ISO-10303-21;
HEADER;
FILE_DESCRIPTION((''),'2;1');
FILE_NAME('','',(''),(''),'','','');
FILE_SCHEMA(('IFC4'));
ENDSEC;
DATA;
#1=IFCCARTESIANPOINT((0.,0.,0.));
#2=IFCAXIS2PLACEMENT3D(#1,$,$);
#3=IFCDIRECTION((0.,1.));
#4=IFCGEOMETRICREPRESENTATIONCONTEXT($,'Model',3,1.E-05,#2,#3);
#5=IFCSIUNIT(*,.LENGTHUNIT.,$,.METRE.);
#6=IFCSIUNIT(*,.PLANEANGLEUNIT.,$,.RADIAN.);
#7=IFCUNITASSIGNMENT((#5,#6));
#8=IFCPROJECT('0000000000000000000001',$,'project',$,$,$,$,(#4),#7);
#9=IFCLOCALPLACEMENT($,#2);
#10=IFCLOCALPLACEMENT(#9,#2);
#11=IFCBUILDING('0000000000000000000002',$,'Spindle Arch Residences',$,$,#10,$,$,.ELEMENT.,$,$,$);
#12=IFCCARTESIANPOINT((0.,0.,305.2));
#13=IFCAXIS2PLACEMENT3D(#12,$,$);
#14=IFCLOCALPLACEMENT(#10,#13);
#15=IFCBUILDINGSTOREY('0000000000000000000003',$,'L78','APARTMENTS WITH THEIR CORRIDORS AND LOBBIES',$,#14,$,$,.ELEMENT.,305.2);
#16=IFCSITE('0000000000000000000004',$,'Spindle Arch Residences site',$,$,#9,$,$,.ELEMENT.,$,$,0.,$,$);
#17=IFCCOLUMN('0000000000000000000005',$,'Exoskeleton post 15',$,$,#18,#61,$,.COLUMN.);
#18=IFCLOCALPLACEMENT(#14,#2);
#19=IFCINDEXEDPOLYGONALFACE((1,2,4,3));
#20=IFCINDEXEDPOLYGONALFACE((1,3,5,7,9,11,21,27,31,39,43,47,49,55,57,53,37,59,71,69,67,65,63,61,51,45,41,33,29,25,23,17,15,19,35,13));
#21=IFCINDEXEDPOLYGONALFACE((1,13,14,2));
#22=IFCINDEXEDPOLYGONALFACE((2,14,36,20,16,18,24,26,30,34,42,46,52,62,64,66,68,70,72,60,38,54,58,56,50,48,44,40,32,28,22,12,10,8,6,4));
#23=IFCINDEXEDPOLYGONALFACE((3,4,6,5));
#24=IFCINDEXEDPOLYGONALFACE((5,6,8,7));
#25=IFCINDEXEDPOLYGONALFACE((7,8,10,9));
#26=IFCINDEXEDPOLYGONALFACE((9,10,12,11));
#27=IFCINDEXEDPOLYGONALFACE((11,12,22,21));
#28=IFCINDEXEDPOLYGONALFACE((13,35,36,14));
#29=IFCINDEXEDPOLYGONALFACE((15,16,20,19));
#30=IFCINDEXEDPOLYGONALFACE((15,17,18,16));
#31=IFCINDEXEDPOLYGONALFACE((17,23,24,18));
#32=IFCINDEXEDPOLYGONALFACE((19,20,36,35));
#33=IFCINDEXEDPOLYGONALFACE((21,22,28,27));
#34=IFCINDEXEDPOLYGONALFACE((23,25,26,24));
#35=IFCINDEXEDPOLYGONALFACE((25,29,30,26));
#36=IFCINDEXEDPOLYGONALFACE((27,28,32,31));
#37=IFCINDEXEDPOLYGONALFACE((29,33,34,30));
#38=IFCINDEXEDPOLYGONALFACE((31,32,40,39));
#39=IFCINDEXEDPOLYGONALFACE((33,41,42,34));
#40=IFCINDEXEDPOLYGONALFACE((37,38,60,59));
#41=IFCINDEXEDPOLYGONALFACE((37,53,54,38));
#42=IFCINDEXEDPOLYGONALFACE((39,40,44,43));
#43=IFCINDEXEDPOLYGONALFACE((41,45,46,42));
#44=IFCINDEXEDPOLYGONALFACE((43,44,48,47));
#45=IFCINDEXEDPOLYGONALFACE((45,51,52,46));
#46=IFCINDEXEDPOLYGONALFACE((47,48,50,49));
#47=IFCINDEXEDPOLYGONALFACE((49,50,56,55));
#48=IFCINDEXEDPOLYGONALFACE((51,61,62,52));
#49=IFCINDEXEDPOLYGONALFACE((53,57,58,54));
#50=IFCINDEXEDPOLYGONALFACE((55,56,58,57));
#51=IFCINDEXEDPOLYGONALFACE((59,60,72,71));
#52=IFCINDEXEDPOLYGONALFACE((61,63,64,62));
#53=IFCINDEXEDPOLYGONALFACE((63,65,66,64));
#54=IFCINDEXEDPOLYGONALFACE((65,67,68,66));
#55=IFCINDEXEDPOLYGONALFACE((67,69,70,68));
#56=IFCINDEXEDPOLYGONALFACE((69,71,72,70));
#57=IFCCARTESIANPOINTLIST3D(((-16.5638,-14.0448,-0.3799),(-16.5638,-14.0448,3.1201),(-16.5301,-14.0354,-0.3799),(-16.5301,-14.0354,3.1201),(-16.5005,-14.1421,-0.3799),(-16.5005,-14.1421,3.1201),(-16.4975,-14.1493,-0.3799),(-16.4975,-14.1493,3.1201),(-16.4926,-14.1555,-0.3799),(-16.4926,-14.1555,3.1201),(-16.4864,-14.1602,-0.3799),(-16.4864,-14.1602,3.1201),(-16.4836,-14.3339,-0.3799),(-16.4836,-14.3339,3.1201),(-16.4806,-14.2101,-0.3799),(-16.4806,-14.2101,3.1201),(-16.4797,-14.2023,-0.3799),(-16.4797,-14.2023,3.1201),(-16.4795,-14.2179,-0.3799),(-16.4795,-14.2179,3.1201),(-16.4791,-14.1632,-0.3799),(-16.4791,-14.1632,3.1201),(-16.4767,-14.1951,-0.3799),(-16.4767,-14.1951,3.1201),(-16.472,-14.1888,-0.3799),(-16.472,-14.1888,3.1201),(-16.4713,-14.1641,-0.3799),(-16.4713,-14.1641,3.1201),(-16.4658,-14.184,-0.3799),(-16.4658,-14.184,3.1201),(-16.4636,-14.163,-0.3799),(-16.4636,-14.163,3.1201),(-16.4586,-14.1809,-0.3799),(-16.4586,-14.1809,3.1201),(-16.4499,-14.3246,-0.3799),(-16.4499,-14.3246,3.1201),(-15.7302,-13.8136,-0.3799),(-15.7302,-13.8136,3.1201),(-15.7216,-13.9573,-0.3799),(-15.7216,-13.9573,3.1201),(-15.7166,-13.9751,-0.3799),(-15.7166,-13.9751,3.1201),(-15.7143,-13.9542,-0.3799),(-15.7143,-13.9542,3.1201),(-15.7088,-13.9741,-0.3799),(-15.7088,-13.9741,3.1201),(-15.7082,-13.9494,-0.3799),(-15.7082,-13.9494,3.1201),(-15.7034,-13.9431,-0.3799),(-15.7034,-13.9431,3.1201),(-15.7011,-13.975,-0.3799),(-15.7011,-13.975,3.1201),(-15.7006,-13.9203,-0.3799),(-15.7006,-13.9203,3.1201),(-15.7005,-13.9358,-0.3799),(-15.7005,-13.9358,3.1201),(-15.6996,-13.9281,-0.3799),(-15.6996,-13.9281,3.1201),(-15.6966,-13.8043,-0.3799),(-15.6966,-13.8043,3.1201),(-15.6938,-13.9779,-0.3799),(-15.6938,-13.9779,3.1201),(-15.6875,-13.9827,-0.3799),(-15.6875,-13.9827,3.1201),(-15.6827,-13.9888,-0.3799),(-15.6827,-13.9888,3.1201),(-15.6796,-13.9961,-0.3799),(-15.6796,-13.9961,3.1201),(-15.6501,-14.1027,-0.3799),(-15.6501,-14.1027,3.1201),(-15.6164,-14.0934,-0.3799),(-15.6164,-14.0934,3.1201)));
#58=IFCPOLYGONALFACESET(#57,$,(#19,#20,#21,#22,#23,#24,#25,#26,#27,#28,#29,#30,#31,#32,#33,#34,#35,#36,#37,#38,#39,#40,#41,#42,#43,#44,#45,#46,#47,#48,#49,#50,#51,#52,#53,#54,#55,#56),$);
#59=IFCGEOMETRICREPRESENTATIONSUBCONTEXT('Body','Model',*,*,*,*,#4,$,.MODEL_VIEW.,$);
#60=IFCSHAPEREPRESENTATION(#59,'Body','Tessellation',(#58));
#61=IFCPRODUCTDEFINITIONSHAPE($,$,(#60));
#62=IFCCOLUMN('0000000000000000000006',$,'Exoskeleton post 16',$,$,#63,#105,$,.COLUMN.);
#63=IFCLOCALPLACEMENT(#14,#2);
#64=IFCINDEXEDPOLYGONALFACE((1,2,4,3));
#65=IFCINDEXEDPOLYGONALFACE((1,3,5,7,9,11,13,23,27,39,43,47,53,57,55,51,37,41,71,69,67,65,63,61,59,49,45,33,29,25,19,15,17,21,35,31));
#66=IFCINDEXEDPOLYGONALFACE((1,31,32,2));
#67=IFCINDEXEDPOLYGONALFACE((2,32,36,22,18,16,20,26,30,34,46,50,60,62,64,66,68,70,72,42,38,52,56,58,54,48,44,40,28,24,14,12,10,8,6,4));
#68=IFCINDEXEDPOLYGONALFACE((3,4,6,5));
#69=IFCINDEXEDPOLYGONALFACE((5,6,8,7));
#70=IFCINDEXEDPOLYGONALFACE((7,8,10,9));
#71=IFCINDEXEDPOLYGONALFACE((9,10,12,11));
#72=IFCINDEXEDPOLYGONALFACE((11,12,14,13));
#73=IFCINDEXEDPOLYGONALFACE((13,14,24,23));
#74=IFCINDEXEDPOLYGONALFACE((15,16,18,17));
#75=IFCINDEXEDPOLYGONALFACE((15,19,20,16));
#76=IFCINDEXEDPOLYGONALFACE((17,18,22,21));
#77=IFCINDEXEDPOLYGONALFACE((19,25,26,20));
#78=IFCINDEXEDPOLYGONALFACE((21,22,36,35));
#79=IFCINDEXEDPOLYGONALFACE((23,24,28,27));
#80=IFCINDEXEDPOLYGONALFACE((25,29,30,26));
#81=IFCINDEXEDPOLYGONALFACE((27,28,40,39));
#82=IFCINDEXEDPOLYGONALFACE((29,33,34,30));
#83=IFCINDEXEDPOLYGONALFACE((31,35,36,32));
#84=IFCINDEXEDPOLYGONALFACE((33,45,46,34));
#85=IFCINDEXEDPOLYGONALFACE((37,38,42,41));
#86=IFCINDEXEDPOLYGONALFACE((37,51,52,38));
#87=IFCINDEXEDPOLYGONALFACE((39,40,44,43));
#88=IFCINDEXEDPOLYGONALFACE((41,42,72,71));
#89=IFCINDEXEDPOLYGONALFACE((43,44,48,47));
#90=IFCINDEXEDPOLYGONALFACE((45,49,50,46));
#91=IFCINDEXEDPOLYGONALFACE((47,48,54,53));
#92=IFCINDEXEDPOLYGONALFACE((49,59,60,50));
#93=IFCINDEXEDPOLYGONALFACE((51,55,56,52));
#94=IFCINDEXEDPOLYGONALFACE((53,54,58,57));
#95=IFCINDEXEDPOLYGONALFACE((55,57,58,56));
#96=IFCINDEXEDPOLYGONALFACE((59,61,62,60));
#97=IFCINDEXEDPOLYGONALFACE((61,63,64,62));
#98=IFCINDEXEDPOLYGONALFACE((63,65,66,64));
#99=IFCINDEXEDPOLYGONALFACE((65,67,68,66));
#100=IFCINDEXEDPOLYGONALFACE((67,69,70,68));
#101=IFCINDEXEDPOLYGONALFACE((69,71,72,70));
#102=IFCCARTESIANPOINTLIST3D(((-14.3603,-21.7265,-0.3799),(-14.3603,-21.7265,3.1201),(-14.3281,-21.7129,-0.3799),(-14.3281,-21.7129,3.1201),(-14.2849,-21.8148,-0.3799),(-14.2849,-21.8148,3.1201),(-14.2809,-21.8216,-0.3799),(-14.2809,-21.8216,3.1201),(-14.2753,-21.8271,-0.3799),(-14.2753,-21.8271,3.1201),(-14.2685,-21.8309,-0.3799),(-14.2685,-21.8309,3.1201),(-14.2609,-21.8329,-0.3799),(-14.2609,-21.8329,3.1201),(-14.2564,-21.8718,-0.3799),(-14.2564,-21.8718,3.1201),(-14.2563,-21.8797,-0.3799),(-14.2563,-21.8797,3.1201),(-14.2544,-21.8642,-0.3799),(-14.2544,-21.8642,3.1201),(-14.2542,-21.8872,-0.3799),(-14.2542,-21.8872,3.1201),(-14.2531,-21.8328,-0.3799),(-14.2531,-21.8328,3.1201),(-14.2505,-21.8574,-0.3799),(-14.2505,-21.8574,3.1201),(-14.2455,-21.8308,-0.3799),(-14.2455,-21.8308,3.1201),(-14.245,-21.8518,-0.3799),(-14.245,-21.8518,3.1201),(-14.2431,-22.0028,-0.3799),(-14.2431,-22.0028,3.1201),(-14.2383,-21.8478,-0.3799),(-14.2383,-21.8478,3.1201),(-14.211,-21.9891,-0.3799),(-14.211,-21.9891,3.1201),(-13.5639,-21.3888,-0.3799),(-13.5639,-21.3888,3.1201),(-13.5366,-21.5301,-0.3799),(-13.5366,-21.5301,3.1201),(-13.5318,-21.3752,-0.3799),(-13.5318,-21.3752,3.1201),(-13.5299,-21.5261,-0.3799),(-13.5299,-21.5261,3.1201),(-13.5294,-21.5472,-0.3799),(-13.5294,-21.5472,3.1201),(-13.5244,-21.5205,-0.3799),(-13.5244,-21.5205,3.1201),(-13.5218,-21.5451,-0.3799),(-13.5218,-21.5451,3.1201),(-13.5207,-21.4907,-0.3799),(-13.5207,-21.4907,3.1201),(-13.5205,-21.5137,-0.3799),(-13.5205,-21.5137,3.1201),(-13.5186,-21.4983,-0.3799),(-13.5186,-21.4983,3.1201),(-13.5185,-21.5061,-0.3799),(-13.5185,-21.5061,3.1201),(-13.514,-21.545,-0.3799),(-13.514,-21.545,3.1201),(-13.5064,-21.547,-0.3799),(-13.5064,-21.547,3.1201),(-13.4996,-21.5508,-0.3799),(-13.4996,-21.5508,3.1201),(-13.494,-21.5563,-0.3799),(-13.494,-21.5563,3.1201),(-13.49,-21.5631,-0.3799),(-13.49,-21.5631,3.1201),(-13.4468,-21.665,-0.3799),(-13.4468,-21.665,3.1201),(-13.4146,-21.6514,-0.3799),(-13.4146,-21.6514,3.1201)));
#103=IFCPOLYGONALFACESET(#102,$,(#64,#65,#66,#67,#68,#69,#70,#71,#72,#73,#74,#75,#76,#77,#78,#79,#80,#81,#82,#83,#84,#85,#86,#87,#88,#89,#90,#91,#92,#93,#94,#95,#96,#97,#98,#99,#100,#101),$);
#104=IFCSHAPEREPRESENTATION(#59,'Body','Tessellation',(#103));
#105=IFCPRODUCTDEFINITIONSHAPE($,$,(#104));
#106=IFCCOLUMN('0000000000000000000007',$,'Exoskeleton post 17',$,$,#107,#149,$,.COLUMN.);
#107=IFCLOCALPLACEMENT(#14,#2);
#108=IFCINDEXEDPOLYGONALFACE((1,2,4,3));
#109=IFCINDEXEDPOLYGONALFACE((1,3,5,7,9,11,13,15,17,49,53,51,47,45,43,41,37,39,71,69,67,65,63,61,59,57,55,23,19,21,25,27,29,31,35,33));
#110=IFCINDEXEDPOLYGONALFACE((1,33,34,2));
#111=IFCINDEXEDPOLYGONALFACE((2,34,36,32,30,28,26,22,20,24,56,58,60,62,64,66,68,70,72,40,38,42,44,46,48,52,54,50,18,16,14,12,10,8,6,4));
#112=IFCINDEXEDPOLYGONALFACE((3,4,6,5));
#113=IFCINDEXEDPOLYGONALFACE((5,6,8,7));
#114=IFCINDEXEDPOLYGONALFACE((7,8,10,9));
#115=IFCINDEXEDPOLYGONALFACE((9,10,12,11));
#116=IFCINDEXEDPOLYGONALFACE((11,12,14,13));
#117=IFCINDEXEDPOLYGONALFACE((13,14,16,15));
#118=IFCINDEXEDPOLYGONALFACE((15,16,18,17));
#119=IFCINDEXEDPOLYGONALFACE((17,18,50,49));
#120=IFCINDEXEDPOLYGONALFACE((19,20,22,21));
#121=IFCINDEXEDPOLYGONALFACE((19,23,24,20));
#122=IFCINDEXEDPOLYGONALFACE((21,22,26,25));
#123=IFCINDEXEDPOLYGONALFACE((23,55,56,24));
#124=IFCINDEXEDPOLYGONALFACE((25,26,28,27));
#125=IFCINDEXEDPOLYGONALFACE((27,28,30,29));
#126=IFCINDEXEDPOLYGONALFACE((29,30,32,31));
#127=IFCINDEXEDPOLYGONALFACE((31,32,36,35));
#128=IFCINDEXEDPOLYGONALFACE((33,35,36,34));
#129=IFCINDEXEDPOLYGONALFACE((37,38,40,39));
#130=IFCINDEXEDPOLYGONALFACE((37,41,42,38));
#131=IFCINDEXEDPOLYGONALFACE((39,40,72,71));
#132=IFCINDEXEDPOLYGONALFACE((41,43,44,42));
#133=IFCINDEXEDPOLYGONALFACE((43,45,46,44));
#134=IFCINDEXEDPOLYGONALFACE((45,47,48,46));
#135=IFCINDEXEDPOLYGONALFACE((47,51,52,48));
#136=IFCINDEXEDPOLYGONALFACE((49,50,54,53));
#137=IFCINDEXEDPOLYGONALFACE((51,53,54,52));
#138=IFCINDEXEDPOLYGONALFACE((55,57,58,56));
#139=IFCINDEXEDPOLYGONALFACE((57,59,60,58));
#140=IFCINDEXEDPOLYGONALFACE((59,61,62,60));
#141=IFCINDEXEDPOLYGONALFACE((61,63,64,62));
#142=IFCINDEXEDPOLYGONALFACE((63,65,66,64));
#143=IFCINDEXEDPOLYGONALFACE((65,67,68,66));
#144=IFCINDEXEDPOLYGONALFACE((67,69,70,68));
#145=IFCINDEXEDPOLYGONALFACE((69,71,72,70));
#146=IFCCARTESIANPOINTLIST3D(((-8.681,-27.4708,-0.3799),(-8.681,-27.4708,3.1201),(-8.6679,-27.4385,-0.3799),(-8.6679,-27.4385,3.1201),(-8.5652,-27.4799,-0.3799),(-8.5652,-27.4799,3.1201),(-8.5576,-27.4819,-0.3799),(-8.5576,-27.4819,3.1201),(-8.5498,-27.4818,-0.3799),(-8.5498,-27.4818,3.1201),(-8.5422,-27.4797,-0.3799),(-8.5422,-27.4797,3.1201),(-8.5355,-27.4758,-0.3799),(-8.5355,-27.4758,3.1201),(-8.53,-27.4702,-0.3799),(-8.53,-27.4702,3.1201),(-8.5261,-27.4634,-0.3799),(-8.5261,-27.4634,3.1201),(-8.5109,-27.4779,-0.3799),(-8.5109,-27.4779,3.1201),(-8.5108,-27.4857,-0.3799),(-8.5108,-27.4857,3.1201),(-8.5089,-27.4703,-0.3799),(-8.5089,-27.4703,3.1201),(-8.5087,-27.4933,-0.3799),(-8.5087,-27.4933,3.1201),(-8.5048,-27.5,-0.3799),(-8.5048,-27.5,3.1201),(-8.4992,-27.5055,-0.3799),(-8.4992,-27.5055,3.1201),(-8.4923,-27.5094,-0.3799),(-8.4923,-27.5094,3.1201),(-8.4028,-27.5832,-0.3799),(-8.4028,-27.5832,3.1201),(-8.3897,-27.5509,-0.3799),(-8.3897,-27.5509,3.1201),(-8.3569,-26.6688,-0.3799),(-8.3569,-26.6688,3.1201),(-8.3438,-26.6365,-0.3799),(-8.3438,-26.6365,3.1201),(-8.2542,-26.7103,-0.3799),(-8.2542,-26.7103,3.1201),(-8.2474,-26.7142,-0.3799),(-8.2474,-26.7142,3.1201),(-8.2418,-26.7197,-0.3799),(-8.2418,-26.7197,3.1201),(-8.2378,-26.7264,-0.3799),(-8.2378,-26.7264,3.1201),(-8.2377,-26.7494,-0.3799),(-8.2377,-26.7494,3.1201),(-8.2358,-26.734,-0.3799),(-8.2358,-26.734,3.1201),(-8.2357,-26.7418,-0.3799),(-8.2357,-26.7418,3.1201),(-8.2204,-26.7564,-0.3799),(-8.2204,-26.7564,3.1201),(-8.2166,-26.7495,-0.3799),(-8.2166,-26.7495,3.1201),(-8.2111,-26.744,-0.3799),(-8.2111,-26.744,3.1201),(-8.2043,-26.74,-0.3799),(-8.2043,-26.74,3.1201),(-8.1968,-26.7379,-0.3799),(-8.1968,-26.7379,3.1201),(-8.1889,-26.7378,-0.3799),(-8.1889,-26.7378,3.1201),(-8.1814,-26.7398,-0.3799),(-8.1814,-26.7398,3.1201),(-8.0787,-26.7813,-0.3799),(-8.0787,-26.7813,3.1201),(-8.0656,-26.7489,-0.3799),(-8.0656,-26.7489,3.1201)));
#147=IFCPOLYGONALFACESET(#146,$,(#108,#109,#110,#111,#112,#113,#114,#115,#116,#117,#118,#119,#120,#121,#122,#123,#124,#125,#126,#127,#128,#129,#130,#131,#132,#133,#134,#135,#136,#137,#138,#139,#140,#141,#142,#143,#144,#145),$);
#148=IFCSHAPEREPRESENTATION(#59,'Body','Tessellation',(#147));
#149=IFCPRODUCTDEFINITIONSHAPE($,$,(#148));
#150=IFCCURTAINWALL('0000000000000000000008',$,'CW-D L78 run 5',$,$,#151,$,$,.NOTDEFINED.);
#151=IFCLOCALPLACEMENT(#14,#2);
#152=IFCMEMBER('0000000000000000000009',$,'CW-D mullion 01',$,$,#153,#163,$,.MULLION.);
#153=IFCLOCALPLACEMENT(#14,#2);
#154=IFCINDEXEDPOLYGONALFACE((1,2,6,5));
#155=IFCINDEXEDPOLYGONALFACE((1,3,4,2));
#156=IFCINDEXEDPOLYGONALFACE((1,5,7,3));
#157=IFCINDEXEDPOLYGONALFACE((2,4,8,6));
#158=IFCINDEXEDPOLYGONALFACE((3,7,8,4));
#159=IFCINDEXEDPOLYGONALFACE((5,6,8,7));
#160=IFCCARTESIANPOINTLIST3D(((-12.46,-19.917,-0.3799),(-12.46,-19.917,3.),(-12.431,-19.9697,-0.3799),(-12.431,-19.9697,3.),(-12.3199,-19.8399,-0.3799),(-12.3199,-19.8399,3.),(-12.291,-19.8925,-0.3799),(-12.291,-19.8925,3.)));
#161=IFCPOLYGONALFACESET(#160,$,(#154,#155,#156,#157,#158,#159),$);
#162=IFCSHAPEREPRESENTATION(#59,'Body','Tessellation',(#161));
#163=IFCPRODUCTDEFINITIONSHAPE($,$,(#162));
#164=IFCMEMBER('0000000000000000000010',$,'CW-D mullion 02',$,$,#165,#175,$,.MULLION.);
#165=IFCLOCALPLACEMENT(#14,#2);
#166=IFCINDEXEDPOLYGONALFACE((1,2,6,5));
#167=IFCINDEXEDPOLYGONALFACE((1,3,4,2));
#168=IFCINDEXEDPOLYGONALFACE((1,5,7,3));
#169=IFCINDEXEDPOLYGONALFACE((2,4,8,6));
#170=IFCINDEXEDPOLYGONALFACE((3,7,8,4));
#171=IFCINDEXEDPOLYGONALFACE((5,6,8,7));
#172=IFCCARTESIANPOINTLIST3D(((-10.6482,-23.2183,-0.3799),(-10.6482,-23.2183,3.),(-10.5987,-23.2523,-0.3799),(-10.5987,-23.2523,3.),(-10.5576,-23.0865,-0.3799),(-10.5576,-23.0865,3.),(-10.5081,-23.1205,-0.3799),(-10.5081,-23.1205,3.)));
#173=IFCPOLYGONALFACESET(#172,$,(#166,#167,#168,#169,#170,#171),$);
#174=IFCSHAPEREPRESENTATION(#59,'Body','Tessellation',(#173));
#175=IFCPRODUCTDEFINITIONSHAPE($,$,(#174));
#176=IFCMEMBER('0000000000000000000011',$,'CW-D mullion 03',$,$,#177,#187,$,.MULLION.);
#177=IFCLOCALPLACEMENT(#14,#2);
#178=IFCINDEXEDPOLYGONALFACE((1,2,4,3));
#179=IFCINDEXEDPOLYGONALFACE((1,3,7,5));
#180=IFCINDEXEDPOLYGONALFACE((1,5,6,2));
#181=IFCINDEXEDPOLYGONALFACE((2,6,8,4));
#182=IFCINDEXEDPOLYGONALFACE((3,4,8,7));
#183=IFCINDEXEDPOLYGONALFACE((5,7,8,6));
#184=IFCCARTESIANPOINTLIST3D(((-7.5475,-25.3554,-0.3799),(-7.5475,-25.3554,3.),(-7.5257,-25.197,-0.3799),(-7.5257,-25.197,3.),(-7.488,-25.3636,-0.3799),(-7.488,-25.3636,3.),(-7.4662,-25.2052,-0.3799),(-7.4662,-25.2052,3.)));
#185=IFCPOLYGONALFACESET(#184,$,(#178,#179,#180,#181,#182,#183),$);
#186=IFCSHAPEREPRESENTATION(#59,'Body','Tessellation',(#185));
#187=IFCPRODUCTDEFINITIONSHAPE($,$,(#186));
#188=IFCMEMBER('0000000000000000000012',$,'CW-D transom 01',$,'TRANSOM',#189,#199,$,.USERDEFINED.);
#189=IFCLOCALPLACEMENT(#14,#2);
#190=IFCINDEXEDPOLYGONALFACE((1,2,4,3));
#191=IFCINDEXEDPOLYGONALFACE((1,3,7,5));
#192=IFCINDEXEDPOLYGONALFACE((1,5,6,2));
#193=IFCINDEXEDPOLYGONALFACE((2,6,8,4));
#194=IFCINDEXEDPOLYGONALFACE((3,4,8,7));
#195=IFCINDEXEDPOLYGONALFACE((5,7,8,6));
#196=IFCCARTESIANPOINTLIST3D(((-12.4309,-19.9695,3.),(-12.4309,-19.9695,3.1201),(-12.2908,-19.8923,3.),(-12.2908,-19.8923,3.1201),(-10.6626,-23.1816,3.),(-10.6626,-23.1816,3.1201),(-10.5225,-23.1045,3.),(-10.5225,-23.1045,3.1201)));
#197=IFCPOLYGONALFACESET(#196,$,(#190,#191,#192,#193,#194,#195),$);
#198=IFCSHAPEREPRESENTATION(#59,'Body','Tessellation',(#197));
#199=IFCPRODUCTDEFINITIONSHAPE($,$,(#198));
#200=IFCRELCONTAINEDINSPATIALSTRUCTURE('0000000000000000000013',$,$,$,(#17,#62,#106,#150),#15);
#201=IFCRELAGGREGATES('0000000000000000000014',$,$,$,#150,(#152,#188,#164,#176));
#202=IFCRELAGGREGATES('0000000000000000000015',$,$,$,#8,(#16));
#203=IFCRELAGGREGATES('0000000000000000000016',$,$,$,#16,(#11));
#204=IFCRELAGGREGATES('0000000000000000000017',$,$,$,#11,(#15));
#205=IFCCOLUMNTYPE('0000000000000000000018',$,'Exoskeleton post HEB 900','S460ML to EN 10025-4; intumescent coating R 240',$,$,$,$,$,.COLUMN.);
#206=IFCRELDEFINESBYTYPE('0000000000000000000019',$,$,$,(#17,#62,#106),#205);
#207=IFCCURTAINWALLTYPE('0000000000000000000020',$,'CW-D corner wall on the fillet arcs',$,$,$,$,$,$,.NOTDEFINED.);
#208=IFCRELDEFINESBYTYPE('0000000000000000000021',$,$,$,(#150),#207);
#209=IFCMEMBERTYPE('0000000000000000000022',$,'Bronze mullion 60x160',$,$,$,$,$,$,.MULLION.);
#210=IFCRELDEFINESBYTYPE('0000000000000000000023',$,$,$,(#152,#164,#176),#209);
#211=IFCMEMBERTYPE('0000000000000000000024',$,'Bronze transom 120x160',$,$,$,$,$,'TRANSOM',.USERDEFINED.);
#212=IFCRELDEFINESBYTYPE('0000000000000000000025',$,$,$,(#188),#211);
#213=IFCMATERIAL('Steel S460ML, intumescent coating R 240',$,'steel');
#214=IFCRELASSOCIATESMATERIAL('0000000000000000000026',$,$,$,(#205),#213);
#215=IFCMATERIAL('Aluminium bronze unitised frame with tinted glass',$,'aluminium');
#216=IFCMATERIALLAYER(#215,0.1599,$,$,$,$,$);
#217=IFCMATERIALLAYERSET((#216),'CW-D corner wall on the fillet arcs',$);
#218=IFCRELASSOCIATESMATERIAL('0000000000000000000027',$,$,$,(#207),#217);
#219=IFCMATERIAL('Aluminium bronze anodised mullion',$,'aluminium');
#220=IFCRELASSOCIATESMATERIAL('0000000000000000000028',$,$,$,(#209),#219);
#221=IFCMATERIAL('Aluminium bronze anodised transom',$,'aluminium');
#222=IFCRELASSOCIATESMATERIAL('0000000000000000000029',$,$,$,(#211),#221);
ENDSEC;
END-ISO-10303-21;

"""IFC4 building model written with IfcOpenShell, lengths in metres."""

from ifc_helpers import new_model, si_unit, direction, frame, origin, origin_2d, place, context, subcontext, project, spatial, rectangle, i_section, extrude, material, layer, layer_set, material_profile, profile_set, type_object, element, aggregate, save


model = new_model("IFC4")

# Units and contexts
model_context = context("Model", 3, precision=1e-05, world=origin(), true_north=direction((0.0, 1.0)))
body_context = subcontext(model_context, "Body", "Model", "MODEL_VIEW")
ifc_project = project(units=[si_unit("LENGTHUNIT", "METRE"), si_unit("PLANEANGLEUNIT", "RADIAN")], contexts=[model_context])

# Site, building, storey
site_placement = place(None, origin())
site = spatial("IfcSite", under=ifc_project, at=site_placement, Name="Spindle Arch Residences site", CompositionType="ELEMENT", RefElevation=0.0)
building_placement = place(site_placement, origin())
building = spatial("IfcBuilding", under=site, at=building_placement, Name="Spindle Arch Residences", CompositionType="ELEMENT")
storey_placement = place(building_placement, frame((0.0, 0.0, 305.2)))
storey = spatial("IfcBuildingStorey", under=building, at=storey_placement, Name="L78", Description="APARTMENTS WITH THEIR CORRIDORS AND LOBBIES", CompositionType="ELEMENT", Elevation=305.2)

# Columns
ifc_material_1 = material(Name="Steel S460ML, intumescent coating R 240", Category="steel")
ifc_material_profile_1 = material_profile(ifc_material_1, i_section(OverallWidth=0.3, OverallDepth=0.8999, WebThickness=0.0186, FlangeThickness=0.0349, FilletRadius=0.03, at=origin_2d()), Name="HEB 900")
ifc_profile_set_1 = profile_set([ifc_material_profile_1], Name="Steel S460ML, intumescent coating R 240")
column_type = type_object("IfcColumnType", Name="Exoskeleton post HEB 900", Description="S460ML to EN 10025-4; intumescent coating R 240", PredefinedType="COLUMN", material=ifc_profile_set_1)
for number, where, z_axis, x_axis, name in (
    (1, (-16.0901, -14.0691, -0.3799), (0.0, 0.0, 1.0), (-0.267238, 0.963631, 0.0), "Exoskeleton post 15"),
    (2, (-13.8875, -21.689, -0.3799), (0.0, 0.0, 1.0), (-0.390458, 0.920621, 0.0), "Exoskeleton post 16"),
    (3, (-8.3733, -27.1099, -0.3799), (0.0, 0.0, 1.0), (-0.927168, 0.374646, 0.0), "Exoskeleton post 17"),
):
    element("IfcColumn", number, at=place(storey_placement, frame(where, z_axis=z_axis, x_axis=x_axis)), inside=storey, type_object=column_type, Name=name, PredefinedType="COLUMN", context=body_context, shape_type="SweptSolid", body=[
        extrude(i_section(OverallWidth=0.3, OverallDepth=0.8999, WebThickness=0.0186, FlangeThickness=0.0349, FilletRadius=0.03, at=origin_2d()), origin(), (0.0, 0.0, 1.0), 3.5),
    ])

# Curtain wall, members
ifc_material_2 = material(Name="Aluminium bronze unitised frame with tinted glass", Category="aluminium")
ifc_layer_1 = layer(ifc_material_2, 0.1599)
ifc_layer_set_1 = layer_set([ifc_layer_1], Name="CW-D corner wall on the fillet arcs")
curtain_wall_type = type_object("IfcCurtainWallType", Name="CW-D corner wall on the fillet arcs", PredefinedType="NOTDEFINED", material=ifc_layer_set_1)
curtain_wall_placement = place(storey_placement, origin())
curtain_wall = element("IfcCurtainWall", 4, at=curtain_wall_placement, inside=storey, type_object=curtain_wall_type, Name="CW-D L78 run 5", PredefinedType="NOTDEFINED")
ifc_material_3 = material(Name="Aluminium bronze anodised mullion", Category="aluminium")
ifc_material_profile_2 = material_profile(ifc_material_3, rectangle(XDim=0.1599, YDim=0.0601, at=origin_2d()), Name="MU 60x160")
ifc_profile_set_2 = profile_set([ifc_material_profile_2], Name="Aluminium bronze anodised mullion")
member_type_1 = type_object("IfcMemberType", Name="Bronze mullion 60x160", PredefinedType="MULLION", material=ifc_profile_set_2)
member_1_placement = place(storey_placement, frame((-12.3755, -19.9048, -0.3799), z_axis=(0.0, 0.0, 1.0), x_axis=(0.876026, 0.482263, 0.0)))
member_1 = element("IfcMember", 5, at=member_1_placement, type_object=member_type_1, Name="CW-D mullion 01", PredefinedType="MULLION", context=body_context, shape_type="SweptSolid", body=[
    extrude(rectangle(XDim=0.1599, YDim=0.0601, at=origin_2d()), origin(), (0.0, 0.0, 1.0), 3.3799),
])
member_2_placement = place(storey_placement, frame((-10.5781, -23.1694, -0.3799), z_axis=(0.0, 0.0, 1.0), x_axis=(0.566406, 0.824126, 0.0)))
member_2 = element("IfcMember", 6, at=member_2_placement, type_object=member_type_1, Name="CW-D mullion 02", PredefinedType="MULLION", context=body_context, shape_type="SweptSolid", body=[
    extrude(rectangle(XDim=0.1599, YDim=0.0601, at=origin_2d()), origin(), (0.0, 0.0, 1.0), 3.3799),
])
member_3_placement = place(storey_placement, frame((-7.5068, -25.2803, -0.3799), z_axis=(0.0, 0.0, 1.0), x_axis=(0.136292, 0.990669, 0.0)))
member_3 = element("IfcMember", 7, at=member_3_placement, type_object=member_type_1, Name="CW-D mullion 03", PredefinedType="MULLION", context=body_context, shape_type="SweptSolid", body=[
    extrude(rectangle(XDim=0.1599, YDim=0.0601, at=origin_2d()), origin(), (0.0, 0.0, 1.0), 3.3799),
])
ifc_material_4 = material(Name="Aluminium bronze anodised transom", Category="aluminium")
ifc_material_profile_3 = material_profile(ifc_material_4, rectangle(XDim=0.1599, YDim=0.1201, at=origin_2d()), Name="TR 120x160")
ifc_profile_set_3 = profile_set([ifc_material_profile_3], Name="Aluminium bronze anodised transom")
member_type_2 = type_object("IfcMemberType", Name="Bronze transom 120x160", ElementType="TRANSOM", PredefinedType="USERDEFINED", material=ifc_profile_set_3)
member_4_placement = place(storey_placement, frame((-12.3608, -19.9309, 3.0601), z_axis=(0.482259, -0.876029, 0.0), x_axis=(0.876029, 0.482259, 0.0)))
member_4 = element("IfcMember", 8, at=member_4_placement, type_object=member_type_2, Name="CW-D transom 01", ObjectType="TRANSOM", PredefinedType="USERDEFINED", context=body_context, shape_type="SweptSolid", body=[
    extrude(rectangle(XDim=0.1599, YDim=0.1201, at=origin_2d()), origin(), (0.0, 0.0, 1.0), 3.6667),
])

aggregate(curtain_wall, [member_1, member_4, member_2, member_3])

save(model, "model.ifc")
